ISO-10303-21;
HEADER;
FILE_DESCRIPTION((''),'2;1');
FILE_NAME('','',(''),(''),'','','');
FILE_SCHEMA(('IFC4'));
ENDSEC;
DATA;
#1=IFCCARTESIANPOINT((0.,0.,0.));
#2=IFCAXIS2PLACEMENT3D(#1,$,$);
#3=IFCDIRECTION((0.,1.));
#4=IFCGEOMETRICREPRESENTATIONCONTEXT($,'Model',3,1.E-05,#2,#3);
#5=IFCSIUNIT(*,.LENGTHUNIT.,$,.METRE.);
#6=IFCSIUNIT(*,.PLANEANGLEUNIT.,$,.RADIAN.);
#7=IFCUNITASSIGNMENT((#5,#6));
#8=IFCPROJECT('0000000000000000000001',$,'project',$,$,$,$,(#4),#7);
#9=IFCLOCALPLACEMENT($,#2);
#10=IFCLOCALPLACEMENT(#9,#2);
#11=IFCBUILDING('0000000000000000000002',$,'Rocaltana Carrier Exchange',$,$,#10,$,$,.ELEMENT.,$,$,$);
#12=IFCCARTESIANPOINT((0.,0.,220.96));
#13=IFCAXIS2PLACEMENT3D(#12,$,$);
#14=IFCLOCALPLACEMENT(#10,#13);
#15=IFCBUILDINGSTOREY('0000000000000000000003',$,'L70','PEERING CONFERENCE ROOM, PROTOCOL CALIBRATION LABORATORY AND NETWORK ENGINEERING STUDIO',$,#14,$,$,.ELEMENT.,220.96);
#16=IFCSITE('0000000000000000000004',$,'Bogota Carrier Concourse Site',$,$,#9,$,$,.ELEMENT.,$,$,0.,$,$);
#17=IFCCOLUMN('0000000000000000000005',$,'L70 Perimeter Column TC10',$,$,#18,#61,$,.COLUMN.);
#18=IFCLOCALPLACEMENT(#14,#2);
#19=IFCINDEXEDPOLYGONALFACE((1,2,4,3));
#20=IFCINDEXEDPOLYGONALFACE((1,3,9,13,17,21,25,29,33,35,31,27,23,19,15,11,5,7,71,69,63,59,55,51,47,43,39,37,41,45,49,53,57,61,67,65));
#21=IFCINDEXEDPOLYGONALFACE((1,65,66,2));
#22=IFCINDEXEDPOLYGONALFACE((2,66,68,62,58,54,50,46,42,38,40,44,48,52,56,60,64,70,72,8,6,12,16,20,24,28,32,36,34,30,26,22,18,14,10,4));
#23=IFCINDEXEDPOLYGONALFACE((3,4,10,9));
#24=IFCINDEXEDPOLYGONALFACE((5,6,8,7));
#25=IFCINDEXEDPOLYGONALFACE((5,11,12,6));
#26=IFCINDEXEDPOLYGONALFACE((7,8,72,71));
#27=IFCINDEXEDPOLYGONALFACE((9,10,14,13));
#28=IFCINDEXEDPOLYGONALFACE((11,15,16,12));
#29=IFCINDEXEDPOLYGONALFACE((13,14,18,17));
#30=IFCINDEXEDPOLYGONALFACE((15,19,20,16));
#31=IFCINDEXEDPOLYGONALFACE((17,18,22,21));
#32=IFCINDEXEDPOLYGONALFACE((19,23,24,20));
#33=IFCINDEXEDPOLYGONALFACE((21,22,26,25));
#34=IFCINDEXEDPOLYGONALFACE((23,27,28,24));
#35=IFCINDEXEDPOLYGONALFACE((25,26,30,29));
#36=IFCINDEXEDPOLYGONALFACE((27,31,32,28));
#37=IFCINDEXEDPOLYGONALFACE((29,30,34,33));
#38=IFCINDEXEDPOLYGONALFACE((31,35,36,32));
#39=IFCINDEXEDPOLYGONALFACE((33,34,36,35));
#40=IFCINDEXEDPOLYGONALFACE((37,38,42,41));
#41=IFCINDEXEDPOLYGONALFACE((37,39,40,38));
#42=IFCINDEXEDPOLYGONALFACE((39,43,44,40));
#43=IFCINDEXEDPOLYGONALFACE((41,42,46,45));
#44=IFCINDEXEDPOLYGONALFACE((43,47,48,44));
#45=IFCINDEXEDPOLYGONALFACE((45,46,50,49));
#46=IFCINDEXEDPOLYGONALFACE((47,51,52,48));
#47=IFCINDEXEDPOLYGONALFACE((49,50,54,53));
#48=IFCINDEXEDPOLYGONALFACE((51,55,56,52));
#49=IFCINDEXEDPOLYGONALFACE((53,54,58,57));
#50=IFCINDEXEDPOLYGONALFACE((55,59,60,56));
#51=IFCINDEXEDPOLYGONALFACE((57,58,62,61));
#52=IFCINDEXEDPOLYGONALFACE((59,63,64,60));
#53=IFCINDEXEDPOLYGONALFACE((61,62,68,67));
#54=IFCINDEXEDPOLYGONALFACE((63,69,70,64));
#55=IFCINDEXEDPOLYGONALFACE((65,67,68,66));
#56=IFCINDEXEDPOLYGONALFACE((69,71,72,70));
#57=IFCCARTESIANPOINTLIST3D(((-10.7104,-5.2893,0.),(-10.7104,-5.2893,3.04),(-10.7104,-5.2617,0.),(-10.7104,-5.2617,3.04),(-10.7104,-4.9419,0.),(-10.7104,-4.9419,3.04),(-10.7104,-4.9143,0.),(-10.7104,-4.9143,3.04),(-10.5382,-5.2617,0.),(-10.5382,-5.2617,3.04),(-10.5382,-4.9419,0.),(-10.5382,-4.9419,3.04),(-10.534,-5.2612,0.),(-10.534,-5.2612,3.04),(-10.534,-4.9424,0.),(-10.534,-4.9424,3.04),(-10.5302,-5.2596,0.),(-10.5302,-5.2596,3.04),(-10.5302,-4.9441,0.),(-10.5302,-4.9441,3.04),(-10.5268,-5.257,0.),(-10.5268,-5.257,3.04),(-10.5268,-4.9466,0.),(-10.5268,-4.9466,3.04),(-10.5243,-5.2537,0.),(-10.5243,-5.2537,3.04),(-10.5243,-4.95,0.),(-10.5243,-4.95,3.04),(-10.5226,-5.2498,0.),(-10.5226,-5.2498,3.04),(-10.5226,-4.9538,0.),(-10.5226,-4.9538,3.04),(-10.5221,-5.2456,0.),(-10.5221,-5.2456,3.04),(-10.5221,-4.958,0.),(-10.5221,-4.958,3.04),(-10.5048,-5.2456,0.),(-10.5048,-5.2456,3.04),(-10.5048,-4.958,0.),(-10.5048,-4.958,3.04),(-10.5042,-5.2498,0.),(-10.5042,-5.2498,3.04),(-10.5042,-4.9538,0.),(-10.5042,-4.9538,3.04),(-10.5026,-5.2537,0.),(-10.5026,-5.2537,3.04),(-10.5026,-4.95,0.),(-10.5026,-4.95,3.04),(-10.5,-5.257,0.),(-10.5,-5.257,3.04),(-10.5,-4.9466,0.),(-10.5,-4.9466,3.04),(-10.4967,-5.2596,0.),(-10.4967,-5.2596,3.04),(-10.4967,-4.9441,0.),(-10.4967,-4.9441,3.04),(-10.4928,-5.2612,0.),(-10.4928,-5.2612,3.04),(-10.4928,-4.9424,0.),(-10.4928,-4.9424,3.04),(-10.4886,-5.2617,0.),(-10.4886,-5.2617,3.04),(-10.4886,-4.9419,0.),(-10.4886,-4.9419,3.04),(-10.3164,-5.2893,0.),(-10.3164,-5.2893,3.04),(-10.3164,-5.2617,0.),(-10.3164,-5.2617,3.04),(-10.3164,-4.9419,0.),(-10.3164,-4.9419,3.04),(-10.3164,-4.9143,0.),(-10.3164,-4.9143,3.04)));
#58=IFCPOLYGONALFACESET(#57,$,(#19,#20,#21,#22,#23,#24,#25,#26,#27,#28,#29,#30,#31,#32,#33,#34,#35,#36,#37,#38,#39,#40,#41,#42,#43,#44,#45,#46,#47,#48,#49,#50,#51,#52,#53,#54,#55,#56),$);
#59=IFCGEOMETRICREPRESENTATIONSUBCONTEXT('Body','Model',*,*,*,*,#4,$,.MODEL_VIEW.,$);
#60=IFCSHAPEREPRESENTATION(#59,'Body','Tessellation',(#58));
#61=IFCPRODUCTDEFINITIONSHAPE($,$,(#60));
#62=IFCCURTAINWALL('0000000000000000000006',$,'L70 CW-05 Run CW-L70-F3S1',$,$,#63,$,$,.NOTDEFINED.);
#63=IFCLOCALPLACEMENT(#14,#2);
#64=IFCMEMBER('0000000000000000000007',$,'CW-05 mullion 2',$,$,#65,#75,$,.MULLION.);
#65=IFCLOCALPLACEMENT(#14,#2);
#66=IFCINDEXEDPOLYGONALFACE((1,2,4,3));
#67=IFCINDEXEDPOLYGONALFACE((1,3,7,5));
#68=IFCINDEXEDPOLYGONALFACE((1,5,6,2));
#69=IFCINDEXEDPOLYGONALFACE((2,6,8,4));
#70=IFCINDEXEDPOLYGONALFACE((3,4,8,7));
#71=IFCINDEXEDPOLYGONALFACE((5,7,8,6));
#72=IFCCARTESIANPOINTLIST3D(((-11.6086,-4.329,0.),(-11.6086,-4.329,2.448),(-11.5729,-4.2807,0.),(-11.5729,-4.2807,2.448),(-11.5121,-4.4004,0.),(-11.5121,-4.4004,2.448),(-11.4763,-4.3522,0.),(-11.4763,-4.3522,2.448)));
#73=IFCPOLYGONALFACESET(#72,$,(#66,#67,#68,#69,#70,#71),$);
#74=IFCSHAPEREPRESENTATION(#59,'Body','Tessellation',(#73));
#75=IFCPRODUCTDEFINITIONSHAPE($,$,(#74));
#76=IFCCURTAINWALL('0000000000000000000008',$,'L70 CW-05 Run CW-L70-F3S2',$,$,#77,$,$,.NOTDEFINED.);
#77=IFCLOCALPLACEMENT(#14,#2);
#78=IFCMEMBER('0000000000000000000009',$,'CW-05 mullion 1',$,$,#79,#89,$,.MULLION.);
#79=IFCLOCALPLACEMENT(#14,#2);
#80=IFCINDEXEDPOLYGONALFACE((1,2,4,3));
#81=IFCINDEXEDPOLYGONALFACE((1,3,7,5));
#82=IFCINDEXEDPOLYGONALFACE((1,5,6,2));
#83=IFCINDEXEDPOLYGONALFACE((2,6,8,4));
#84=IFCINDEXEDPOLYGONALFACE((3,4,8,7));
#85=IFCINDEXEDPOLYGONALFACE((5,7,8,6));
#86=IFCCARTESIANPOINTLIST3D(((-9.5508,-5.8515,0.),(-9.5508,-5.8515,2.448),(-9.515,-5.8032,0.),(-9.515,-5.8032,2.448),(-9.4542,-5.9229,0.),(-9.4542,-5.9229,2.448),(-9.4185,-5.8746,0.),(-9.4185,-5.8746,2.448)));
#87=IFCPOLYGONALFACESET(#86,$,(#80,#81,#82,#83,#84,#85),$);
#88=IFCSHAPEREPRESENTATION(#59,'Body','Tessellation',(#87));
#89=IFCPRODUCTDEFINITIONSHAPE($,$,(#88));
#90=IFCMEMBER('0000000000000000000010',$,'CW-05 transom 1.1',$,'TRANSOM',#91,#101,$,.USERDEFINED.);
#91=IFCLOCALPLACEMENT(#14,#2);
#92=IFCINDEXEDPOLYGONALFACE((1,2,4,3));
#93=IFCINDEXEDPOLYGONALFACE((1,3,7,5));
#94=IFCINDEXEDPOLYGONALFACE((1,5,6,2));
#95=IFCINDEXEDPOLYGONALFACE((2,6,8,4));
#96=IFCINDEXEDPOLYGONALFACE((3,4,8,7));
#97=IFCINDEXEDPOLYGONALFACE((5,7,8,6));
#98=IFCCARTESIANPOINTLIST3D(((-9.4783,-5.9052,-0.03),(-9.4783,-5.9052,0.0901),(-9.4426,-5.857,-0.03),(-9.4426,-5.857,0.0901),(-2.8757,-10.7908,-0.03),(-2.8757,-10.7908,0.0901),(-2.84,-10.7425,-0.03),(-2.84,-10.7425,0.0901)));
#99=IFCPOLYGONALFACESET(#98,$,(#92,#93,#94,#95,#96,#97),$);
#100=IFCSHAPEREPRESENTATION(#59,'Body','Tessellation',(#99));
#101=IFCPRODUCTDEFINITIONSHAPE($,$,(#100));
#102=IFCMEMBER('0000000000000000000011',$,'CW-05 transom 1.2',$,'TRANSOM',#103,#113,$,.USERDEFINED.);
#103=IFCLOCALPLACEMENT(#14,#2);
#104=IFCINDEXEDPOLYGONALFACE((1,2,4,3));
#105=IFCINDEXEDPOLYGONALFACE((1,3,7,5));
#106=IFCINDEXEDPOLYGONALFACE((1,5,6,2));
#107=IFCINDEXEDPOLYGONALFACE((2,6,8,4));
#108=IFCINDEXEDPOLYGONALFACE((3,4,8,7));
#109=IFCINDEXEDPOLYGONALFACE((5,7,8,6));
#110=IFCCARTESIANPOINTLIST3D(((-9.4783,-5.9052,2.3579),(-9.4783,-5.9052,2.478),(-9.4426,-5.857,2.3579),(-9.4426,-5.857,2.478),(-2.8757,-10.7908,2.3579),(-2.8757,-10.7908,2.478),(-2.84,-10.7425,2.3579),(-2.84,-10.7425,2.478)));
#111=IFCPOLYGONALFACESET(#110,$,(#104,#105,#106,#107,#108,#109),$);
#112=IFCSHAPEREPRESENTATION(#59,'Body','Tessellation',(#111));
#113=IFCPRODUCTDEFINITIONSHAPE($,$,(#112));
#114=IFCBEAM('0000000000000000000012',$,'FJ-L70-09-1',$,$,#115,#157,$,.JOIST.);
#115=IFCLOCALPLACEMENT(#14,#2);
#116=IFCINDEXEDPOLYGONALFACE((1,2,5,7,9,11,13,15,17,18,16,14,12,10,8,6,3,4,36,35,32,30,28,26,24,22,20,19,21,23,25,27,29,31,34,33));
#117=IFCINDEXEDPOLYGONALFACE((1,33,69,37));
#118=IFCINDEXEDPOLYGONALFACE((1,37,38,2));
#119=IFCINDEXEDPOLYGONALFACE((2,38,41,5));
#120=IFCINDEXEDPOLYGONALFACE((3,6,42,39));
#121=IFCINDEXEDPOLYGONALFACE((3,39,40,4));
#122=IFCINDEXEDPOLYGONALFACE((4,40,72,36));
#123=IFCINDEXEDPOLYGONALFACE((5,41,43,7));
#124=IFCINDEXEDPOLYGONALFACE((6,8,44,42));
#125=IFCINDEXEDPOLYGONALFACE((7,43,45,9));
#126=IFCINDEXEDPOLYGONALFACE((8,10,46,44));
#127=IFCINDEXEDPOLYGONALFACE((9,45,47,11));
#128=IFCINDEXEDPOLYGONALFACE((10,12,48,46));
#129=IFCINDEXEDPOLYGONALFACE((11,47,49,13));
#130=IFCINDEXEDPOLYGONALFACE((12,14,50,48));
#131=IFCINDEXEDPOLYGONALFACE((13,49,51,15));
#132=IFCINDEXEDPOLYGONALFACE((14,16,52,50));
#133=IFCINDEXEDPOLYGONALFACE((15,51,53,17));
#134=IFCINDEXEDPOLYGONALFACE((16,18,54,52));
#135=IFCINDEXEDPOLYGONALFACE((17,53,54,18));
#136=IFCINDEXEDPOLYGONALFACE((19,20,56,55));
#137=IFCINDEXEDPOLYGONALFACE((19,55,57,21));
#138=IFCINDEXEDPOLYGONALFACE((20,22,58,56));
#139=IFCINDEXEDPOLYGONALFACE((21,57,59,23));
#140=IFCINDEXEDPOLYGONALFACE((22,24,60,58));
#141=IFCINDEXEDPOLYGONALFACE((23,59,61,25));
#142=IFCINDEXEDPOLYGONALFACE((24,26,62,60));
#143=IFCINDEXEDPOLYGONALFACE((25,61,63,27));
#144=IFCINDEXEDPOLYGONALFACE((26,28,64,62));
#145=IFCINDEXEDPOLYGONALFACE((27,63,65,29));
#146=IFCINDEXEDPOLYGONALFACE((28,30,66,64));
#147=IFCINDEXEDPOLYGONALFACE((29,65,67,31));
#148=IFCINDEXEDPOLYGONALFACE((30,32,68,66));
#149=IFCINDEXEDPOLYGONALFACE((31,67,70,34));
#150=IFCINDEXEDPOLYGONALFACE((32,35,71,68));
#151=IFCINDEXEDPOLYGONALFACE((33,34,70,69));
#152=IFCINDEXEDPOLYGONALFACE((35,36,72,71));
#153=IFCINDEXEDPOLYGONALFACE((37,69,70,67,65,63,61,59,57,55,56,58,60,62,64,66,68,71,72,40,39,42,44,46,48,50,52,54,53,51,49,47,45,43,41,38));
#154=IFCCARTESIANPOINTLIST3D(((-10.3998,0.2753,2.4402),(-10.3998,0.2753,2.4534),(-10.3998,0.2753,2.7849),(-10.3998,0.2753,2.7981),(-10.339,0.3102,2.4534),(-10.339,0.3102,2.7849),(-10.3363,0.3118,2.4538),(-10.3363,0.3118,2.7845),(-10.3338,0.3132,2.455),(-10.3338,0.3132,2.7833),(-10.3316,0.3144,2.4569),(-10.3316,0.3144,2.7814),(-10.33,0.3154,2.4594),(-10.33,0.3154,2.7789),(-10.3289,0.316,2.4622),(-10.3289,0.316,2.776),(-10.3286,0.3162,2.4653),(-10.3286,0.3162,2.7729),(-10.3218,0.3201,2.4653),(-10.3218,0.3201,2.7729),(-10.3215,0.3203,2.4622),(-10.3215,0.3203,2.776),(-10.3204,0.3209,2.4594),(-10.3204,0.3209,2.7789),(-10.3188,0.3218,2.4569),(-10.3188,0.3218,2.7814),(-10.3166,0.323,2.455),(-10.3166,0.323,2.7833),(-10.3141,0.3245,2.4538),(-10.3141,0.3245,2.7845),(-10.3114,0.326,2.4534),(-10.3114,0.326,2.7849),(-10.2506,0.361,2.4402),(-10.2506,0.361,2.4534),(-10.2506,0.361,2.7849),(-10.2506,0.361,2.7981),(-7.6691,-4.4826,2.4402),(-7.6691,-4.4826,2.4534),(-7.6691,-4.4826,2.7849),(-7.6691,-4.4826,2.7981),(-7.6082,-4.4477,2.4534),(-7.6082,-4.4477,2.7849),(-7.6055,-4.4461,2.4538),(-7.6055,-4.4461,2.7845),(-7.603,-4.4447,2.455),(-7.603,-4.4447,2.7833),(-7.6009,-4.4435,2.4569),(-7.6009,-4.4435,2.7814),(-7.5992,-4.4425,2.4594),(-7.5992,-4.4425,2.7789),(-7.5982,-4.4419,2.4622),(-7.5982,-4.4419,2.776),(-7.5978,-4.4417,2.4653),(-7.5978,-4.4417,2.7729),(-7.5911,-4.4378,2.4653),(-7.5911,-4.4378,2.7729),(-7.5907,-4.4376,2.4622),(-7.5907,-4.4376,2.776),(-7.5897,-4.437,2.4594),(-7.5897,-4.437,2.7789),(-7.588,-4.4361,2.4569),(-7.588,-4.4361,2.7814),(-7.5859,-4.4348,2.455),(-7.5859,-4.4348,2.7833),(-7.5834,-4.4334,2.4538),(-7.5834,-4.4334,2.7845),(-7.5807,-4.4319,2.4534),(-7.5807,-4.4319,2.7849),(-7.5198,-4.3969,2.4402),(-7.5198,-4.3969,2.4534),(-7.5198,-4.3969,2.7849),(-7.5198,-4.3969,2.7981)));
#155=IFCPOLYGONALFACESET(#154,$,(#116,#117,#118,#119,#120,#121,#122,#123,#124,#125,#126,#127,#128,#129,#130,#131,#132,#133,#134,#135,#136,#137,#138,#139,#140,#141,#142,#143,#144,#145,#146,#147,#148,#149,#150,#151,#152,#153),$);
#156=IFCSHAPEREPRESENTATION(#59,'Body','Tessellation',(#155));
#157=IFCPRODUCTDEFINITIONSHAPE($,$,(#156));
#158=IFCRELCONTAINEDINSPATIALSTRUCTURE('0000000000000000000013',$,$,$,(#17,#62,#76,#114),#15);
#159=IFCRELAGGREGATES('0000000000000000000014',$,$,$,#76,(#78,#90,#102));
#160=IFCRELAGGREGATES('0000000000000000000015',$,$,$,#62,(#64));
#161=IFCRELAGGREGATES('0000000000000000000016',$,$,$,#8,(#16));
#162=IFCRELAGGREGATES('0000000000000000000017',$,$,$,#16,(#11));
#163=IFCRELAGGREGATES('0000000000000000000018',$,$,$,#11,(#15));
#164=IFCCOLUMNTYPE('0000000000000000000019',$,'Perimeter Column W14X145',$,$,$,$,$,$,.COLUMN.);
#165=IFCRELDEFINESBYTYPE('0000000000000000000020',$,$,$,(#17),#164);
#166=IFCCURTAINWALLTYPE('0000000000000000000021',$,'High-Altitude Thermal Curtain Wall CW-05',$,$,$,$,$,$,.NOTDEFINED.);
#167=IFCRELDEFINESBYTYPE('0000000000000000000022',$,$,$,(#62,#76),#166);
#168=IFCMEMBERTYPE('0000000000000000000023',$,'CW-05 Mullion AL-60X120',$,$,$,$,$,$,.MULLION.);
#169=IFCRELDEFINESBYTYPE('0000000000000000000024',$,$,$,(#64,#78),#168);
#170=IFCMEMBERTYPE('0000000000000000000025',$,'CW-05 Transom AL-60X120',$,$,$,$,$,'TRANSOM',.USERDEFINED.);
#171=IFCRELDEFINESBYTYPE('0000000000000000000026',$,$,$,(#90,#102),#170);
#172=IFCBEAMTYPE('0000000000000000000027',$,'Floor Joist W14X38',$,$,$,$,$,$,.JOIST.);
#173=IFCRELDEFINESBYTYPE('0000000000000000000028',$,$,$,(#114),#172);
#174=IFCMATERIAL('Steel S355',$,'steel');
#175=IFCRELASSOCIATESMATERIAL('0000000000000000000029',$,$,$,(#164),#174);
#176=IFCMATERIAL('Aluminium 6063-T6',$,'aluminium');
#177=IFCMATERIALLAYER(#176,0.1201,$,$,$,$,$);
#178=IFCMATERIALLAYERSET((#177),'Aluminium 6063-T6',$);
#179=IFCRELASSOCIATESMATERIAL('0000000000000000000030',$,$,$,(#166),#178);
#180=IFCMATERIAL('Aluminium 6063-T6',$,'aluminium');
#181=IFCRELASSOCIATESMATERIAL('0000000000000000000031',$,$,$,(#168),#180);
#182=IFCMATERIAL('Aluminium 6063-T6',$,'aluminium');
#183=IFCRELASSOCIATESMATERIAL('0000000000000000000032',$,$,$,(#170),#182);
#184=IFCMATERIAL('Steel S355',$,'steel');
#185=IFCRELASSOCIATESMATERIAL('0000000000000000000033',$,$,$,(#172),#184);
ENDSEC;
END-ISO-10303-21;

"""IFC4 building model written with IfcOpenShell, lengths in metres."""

from ifc_helpers import new_model, si_unit, direction, frame, origin, origin_2d, place, context, subcontext, project, spatial, rectangle, i_section, extrude, material, layer, layer_set, material_profile, profile_set, type_object, element, aggregate, save


model = new_model("IFC4")

# Units and contexts
model_context = context("Model", 3, precision=1e-05, world=origin(), true_north=direction((0.0, 1.0)))
body_context = subcontext(model_context, "Body", "Model", "MODEL_VIEW")
ifc_project = project(units=[si_unit("LENGTHUNIT", "METRE"), si_unit("PLANEANGLEUNIT", "RADIAN")], contexts=[model_context])

# Site, building, storey
site_placement = place(None, origin())
site = spatial("IfcSite", under=ifc_project, at=site_placement, Name="Bogota Carrier Concourse Site", CompositionType="ELEMENT", RefElevation=0.0)
building_placement = place(site_placement, origin())
building = spatial("IfcBuilding", under=site, at=building_placement, Name="Rocaltana Carrier Exchange", CompositionType="ELEMENT")
storey_placement = place(building_placement, frame((0.0, 0.0, 220.96)))
storey = spatial("IfcBuildingStorey", under=building, at=storey_placement, Name="L70", Description="PEERING CONFERENCE ROOM, PROTOCOL CALIBRATION LABORATORY AND NETWORK ENGINEERING STUDIO", CompositionType="ELEMENT", Elevation=220.96)

# Column
ifc_material_1 = material(Name="Steel S355", Category="steel")
ifc_material_profile_1 = material_profile(ifc_material_1, i_section(OverallWidth=0.394, OverallDepth=0.375, WebThickness=0.0173, FlangeThickness=0.0276, FilletRadius=0.0161, at=origin_2d()), Name="W14X145")
ifc_profile_set_1 = profile_set([ifc_material_profile_1], Name="Steel S355")
column_type = type_object("IfcColumnType", Name="Perimeter Column W14X145", PredefinedType="COLUMN", material=ifc_profile_set_1)
column_placement = place(storey_placement, frame((-10.5134, -5.1018, 0.0), z_axis=(0.0, 0.0, 1.0), x_axis=(1.0, 0.0, 0.0)))
element("IfcColumn", 1, at=column_placement, inside=storey, type_object=column_type, Name="L70 Perimeter Column TC10", PredefinedType="COLUMN", context=body_context, shape_type="SweptSolid", body=[
    extrude(i_section(OverallWidth=0.394, OverallDepth=0.375, WebThickness=0.0173, FlangeThickness=0.0276, FilletRadius=0.0161, at=origin_2d()), origin(), (0.0, 0.0, 1.0), 3.04),
])

# Curtain wall, member
ifc_material_2 = material(Name="Aluminium 6063-T6", Category="aluminium")
ifc_layer_1 = layer(ifc_material_2, 0.1201)
ifc_layer_set_1 = layer_set([ifc_layer_1], Name="Aluminium 6063-T6")
curtain_wall_type = type_object("IfcCurtainWallType", Name="High-Altitude Thermal Curtain Wall CW-05", PredefinedType="NOTDEFINED", material=ifc_layer_set_1)
curtain_wall_1_placement = place(storey_placement, origin())
curtain_wall_1 = element("IfcCurtainWall", 2, at=curtain_wall_1_placement, inside=storey, type_object=curtain_wall_type, Name="L70 CW-05 Run CW-L70-F3S1", PredefinedType="NOTDEFINED")
ifc_material_3 = material(Name="Aluminium 6063-T6", Category="aluminium")
ifc_material_profile_2 = material_profile(ifc_material_3, rectangle(XDim=0.0601, YDim=0.1201, at=origin_2d()), Name="AL-60X120")
ifc_profile_set_2 = profile_set([ifc_material_profile_2], Name="Aluminium 6063-T6")
member_type_1 = type_object("IfcMemberType", Name="CW-05 Mullion AL-60X120", PredefinedType="MULLION", material=ifc_profile_set_2)
member_1_placement = place(storey_placement, frame((-11.5425, -4.3406, 0.0), z_axis=(0.0, 0.0, 1.0), x_axis=(0.594827, 0.803854, 0.0)))
member_1 = element("IfcMember", 3, at=member_1_placement, type_object=member_type_1, Name="CW-05 mullion 2", PredefinedType="MULLION", context=body_context, shape_type="SweptSolid", body=[
    extrude(rectangle(XDim=0.0601, YDim=0.1201, at=origin_2d()), origin(), (0.0, 0.0, 1.0), 2.448),
])

# Curtain wall, members
curtain_wall_2_placement = place(storey_placement, origin())
curtain_wall_2 = element("IfcCurtainWall", 4, at=curtain_wall_2_placement, inside=storey, type_object=curtain_wall_type, Name="L70 CW-05 Run CW-L70-F3S2", PredefinedType="NOTDEFINED")
member_2_placement = place(storey_placement, frame((-9.4846, -5.863, 0.0), z_axis=(0.0, 0.0, 1.0), x_axis=(0.594821, 0.803858, 0.0)))
member_2 = element("IfcMember", 5, at=member_2_placement, type_object=member_type_1, Name="CW-05 mullion 1", PredefinedType="MULLION", context=body_context, shape_type="SweptSolid", body=[
    extrude(rectangle(XDim=0.0601, YDim=0.1201, at=origin_2d()), origin(), (0.0, 0.0, 1.0), 2.448),
])
ifc_material_4 = material(Name="Aluminium 6063-T6", Category="aluminium")
ifc_material_profile_3 = material_profile(ifc_material_4, rectangle(XDim=0.0601, YDim=0.1201, at=origin_2d()), Name="AL-60X120")
ifc_profile_set_3 = profile_set([ifc_material_profile_3], Name="Aluminium 6063-T6")
member_type_2 = type_object("IfcMemberType", Name="CW-05 Transom AL-60X120", ElementType="TRANSOM", PredefinedType="USERDEFINED", material=ifc_profile_set_3)
member_3_placement = place(storey_placement, frame((-9.4604, -5.8811, 0.03), z_axis=(0.803864, -0.594813, 0.0), x_axis=(0.594813, 0.803864, 0.0)))
member_3 = element("IfcMember", 6, at=member_3_placement, type_object=member_type_2, Name="CW-05 transom 1.1", ObjectType="TRANSOM", PredefinedType="USERDEFINED", context=body_context, shape_type="SweptSolid", body=[
    extrude(rectangle(XDim=0.0601, YDim=0.1201, at=origin_2d()), origin(), (0.0, 0.0, 1.0), 8.2136),
])
member_4_placement = place(storey_placement, frame((-9.4604, -5.8811, 2.418), z_axis=(0.803864, -0.594813, 0.0), x_axis=(0.594813, 0.803864, 0.0)))
member_4 = element("IfcMember", 7, at=member_4_placement, type_object=member_type_2, Name="CW-05 transom 1.2", ObjectType="TRANSOM", PredefinedType="USERDEFINED", context=body_context, shape_type="SweptSolid", body=[
    extrude(rectangle(XDim=0.0601, YDim=0.1201, at=origin_2d()), origin(), (0.0, 0.0, 1.0), 8.2136),
])
aggregate(curtain_wall_2, [member_2, member_3, member_4])

# Beam
ifc_material_5 = material(Name="Steel S355", Category="steel")
ifc_material_profile_4 = material_profile(ifc_material_5, i_section(OverallWidth=0.1721, OverallDepth=0.3579, WebThickness=0.0078, FlangeThickness=0.0132, FilletRadius=0.012, at=origin_2d()), Name="W14X38")
ifc_profile_set_4 = profile_set([ifc_material_profile_4], Name="Steel S355")
beam_type_1 = type_object("IfcBeamType", Name="Floor Joist W14X38", PredefinedType="JOIST", material=ifc_profile_set_4)
beam_1_placement = place(storey_placement, frame((-10.3252, 0.3181, 2.6191), z_axis=(0.497782, -0.867302, 0.0), x_axis=(0.867302, 0.497782, 0.0)))
element("IfcBeam", 8, at=beam_1_placement, inside=storey, type_object=beam_type_1, Name="FJ-L70-09-1", PredefinedType="JOIST", context=body_context, shape_type="SweptSolid", body=[
    extrude(i_section(OverallWidth=0.1721, OverallDepth=0.3579, WebThickness=0.0078, FlangeThickness=0.0132, FilletRadius=0.012, at=origin_2d()), origin(), (0.0, 0.0, 1.0), 5.4858),
])

aggregate(curtain_wall_1, [member_1])

save(model, "model.ifc")
